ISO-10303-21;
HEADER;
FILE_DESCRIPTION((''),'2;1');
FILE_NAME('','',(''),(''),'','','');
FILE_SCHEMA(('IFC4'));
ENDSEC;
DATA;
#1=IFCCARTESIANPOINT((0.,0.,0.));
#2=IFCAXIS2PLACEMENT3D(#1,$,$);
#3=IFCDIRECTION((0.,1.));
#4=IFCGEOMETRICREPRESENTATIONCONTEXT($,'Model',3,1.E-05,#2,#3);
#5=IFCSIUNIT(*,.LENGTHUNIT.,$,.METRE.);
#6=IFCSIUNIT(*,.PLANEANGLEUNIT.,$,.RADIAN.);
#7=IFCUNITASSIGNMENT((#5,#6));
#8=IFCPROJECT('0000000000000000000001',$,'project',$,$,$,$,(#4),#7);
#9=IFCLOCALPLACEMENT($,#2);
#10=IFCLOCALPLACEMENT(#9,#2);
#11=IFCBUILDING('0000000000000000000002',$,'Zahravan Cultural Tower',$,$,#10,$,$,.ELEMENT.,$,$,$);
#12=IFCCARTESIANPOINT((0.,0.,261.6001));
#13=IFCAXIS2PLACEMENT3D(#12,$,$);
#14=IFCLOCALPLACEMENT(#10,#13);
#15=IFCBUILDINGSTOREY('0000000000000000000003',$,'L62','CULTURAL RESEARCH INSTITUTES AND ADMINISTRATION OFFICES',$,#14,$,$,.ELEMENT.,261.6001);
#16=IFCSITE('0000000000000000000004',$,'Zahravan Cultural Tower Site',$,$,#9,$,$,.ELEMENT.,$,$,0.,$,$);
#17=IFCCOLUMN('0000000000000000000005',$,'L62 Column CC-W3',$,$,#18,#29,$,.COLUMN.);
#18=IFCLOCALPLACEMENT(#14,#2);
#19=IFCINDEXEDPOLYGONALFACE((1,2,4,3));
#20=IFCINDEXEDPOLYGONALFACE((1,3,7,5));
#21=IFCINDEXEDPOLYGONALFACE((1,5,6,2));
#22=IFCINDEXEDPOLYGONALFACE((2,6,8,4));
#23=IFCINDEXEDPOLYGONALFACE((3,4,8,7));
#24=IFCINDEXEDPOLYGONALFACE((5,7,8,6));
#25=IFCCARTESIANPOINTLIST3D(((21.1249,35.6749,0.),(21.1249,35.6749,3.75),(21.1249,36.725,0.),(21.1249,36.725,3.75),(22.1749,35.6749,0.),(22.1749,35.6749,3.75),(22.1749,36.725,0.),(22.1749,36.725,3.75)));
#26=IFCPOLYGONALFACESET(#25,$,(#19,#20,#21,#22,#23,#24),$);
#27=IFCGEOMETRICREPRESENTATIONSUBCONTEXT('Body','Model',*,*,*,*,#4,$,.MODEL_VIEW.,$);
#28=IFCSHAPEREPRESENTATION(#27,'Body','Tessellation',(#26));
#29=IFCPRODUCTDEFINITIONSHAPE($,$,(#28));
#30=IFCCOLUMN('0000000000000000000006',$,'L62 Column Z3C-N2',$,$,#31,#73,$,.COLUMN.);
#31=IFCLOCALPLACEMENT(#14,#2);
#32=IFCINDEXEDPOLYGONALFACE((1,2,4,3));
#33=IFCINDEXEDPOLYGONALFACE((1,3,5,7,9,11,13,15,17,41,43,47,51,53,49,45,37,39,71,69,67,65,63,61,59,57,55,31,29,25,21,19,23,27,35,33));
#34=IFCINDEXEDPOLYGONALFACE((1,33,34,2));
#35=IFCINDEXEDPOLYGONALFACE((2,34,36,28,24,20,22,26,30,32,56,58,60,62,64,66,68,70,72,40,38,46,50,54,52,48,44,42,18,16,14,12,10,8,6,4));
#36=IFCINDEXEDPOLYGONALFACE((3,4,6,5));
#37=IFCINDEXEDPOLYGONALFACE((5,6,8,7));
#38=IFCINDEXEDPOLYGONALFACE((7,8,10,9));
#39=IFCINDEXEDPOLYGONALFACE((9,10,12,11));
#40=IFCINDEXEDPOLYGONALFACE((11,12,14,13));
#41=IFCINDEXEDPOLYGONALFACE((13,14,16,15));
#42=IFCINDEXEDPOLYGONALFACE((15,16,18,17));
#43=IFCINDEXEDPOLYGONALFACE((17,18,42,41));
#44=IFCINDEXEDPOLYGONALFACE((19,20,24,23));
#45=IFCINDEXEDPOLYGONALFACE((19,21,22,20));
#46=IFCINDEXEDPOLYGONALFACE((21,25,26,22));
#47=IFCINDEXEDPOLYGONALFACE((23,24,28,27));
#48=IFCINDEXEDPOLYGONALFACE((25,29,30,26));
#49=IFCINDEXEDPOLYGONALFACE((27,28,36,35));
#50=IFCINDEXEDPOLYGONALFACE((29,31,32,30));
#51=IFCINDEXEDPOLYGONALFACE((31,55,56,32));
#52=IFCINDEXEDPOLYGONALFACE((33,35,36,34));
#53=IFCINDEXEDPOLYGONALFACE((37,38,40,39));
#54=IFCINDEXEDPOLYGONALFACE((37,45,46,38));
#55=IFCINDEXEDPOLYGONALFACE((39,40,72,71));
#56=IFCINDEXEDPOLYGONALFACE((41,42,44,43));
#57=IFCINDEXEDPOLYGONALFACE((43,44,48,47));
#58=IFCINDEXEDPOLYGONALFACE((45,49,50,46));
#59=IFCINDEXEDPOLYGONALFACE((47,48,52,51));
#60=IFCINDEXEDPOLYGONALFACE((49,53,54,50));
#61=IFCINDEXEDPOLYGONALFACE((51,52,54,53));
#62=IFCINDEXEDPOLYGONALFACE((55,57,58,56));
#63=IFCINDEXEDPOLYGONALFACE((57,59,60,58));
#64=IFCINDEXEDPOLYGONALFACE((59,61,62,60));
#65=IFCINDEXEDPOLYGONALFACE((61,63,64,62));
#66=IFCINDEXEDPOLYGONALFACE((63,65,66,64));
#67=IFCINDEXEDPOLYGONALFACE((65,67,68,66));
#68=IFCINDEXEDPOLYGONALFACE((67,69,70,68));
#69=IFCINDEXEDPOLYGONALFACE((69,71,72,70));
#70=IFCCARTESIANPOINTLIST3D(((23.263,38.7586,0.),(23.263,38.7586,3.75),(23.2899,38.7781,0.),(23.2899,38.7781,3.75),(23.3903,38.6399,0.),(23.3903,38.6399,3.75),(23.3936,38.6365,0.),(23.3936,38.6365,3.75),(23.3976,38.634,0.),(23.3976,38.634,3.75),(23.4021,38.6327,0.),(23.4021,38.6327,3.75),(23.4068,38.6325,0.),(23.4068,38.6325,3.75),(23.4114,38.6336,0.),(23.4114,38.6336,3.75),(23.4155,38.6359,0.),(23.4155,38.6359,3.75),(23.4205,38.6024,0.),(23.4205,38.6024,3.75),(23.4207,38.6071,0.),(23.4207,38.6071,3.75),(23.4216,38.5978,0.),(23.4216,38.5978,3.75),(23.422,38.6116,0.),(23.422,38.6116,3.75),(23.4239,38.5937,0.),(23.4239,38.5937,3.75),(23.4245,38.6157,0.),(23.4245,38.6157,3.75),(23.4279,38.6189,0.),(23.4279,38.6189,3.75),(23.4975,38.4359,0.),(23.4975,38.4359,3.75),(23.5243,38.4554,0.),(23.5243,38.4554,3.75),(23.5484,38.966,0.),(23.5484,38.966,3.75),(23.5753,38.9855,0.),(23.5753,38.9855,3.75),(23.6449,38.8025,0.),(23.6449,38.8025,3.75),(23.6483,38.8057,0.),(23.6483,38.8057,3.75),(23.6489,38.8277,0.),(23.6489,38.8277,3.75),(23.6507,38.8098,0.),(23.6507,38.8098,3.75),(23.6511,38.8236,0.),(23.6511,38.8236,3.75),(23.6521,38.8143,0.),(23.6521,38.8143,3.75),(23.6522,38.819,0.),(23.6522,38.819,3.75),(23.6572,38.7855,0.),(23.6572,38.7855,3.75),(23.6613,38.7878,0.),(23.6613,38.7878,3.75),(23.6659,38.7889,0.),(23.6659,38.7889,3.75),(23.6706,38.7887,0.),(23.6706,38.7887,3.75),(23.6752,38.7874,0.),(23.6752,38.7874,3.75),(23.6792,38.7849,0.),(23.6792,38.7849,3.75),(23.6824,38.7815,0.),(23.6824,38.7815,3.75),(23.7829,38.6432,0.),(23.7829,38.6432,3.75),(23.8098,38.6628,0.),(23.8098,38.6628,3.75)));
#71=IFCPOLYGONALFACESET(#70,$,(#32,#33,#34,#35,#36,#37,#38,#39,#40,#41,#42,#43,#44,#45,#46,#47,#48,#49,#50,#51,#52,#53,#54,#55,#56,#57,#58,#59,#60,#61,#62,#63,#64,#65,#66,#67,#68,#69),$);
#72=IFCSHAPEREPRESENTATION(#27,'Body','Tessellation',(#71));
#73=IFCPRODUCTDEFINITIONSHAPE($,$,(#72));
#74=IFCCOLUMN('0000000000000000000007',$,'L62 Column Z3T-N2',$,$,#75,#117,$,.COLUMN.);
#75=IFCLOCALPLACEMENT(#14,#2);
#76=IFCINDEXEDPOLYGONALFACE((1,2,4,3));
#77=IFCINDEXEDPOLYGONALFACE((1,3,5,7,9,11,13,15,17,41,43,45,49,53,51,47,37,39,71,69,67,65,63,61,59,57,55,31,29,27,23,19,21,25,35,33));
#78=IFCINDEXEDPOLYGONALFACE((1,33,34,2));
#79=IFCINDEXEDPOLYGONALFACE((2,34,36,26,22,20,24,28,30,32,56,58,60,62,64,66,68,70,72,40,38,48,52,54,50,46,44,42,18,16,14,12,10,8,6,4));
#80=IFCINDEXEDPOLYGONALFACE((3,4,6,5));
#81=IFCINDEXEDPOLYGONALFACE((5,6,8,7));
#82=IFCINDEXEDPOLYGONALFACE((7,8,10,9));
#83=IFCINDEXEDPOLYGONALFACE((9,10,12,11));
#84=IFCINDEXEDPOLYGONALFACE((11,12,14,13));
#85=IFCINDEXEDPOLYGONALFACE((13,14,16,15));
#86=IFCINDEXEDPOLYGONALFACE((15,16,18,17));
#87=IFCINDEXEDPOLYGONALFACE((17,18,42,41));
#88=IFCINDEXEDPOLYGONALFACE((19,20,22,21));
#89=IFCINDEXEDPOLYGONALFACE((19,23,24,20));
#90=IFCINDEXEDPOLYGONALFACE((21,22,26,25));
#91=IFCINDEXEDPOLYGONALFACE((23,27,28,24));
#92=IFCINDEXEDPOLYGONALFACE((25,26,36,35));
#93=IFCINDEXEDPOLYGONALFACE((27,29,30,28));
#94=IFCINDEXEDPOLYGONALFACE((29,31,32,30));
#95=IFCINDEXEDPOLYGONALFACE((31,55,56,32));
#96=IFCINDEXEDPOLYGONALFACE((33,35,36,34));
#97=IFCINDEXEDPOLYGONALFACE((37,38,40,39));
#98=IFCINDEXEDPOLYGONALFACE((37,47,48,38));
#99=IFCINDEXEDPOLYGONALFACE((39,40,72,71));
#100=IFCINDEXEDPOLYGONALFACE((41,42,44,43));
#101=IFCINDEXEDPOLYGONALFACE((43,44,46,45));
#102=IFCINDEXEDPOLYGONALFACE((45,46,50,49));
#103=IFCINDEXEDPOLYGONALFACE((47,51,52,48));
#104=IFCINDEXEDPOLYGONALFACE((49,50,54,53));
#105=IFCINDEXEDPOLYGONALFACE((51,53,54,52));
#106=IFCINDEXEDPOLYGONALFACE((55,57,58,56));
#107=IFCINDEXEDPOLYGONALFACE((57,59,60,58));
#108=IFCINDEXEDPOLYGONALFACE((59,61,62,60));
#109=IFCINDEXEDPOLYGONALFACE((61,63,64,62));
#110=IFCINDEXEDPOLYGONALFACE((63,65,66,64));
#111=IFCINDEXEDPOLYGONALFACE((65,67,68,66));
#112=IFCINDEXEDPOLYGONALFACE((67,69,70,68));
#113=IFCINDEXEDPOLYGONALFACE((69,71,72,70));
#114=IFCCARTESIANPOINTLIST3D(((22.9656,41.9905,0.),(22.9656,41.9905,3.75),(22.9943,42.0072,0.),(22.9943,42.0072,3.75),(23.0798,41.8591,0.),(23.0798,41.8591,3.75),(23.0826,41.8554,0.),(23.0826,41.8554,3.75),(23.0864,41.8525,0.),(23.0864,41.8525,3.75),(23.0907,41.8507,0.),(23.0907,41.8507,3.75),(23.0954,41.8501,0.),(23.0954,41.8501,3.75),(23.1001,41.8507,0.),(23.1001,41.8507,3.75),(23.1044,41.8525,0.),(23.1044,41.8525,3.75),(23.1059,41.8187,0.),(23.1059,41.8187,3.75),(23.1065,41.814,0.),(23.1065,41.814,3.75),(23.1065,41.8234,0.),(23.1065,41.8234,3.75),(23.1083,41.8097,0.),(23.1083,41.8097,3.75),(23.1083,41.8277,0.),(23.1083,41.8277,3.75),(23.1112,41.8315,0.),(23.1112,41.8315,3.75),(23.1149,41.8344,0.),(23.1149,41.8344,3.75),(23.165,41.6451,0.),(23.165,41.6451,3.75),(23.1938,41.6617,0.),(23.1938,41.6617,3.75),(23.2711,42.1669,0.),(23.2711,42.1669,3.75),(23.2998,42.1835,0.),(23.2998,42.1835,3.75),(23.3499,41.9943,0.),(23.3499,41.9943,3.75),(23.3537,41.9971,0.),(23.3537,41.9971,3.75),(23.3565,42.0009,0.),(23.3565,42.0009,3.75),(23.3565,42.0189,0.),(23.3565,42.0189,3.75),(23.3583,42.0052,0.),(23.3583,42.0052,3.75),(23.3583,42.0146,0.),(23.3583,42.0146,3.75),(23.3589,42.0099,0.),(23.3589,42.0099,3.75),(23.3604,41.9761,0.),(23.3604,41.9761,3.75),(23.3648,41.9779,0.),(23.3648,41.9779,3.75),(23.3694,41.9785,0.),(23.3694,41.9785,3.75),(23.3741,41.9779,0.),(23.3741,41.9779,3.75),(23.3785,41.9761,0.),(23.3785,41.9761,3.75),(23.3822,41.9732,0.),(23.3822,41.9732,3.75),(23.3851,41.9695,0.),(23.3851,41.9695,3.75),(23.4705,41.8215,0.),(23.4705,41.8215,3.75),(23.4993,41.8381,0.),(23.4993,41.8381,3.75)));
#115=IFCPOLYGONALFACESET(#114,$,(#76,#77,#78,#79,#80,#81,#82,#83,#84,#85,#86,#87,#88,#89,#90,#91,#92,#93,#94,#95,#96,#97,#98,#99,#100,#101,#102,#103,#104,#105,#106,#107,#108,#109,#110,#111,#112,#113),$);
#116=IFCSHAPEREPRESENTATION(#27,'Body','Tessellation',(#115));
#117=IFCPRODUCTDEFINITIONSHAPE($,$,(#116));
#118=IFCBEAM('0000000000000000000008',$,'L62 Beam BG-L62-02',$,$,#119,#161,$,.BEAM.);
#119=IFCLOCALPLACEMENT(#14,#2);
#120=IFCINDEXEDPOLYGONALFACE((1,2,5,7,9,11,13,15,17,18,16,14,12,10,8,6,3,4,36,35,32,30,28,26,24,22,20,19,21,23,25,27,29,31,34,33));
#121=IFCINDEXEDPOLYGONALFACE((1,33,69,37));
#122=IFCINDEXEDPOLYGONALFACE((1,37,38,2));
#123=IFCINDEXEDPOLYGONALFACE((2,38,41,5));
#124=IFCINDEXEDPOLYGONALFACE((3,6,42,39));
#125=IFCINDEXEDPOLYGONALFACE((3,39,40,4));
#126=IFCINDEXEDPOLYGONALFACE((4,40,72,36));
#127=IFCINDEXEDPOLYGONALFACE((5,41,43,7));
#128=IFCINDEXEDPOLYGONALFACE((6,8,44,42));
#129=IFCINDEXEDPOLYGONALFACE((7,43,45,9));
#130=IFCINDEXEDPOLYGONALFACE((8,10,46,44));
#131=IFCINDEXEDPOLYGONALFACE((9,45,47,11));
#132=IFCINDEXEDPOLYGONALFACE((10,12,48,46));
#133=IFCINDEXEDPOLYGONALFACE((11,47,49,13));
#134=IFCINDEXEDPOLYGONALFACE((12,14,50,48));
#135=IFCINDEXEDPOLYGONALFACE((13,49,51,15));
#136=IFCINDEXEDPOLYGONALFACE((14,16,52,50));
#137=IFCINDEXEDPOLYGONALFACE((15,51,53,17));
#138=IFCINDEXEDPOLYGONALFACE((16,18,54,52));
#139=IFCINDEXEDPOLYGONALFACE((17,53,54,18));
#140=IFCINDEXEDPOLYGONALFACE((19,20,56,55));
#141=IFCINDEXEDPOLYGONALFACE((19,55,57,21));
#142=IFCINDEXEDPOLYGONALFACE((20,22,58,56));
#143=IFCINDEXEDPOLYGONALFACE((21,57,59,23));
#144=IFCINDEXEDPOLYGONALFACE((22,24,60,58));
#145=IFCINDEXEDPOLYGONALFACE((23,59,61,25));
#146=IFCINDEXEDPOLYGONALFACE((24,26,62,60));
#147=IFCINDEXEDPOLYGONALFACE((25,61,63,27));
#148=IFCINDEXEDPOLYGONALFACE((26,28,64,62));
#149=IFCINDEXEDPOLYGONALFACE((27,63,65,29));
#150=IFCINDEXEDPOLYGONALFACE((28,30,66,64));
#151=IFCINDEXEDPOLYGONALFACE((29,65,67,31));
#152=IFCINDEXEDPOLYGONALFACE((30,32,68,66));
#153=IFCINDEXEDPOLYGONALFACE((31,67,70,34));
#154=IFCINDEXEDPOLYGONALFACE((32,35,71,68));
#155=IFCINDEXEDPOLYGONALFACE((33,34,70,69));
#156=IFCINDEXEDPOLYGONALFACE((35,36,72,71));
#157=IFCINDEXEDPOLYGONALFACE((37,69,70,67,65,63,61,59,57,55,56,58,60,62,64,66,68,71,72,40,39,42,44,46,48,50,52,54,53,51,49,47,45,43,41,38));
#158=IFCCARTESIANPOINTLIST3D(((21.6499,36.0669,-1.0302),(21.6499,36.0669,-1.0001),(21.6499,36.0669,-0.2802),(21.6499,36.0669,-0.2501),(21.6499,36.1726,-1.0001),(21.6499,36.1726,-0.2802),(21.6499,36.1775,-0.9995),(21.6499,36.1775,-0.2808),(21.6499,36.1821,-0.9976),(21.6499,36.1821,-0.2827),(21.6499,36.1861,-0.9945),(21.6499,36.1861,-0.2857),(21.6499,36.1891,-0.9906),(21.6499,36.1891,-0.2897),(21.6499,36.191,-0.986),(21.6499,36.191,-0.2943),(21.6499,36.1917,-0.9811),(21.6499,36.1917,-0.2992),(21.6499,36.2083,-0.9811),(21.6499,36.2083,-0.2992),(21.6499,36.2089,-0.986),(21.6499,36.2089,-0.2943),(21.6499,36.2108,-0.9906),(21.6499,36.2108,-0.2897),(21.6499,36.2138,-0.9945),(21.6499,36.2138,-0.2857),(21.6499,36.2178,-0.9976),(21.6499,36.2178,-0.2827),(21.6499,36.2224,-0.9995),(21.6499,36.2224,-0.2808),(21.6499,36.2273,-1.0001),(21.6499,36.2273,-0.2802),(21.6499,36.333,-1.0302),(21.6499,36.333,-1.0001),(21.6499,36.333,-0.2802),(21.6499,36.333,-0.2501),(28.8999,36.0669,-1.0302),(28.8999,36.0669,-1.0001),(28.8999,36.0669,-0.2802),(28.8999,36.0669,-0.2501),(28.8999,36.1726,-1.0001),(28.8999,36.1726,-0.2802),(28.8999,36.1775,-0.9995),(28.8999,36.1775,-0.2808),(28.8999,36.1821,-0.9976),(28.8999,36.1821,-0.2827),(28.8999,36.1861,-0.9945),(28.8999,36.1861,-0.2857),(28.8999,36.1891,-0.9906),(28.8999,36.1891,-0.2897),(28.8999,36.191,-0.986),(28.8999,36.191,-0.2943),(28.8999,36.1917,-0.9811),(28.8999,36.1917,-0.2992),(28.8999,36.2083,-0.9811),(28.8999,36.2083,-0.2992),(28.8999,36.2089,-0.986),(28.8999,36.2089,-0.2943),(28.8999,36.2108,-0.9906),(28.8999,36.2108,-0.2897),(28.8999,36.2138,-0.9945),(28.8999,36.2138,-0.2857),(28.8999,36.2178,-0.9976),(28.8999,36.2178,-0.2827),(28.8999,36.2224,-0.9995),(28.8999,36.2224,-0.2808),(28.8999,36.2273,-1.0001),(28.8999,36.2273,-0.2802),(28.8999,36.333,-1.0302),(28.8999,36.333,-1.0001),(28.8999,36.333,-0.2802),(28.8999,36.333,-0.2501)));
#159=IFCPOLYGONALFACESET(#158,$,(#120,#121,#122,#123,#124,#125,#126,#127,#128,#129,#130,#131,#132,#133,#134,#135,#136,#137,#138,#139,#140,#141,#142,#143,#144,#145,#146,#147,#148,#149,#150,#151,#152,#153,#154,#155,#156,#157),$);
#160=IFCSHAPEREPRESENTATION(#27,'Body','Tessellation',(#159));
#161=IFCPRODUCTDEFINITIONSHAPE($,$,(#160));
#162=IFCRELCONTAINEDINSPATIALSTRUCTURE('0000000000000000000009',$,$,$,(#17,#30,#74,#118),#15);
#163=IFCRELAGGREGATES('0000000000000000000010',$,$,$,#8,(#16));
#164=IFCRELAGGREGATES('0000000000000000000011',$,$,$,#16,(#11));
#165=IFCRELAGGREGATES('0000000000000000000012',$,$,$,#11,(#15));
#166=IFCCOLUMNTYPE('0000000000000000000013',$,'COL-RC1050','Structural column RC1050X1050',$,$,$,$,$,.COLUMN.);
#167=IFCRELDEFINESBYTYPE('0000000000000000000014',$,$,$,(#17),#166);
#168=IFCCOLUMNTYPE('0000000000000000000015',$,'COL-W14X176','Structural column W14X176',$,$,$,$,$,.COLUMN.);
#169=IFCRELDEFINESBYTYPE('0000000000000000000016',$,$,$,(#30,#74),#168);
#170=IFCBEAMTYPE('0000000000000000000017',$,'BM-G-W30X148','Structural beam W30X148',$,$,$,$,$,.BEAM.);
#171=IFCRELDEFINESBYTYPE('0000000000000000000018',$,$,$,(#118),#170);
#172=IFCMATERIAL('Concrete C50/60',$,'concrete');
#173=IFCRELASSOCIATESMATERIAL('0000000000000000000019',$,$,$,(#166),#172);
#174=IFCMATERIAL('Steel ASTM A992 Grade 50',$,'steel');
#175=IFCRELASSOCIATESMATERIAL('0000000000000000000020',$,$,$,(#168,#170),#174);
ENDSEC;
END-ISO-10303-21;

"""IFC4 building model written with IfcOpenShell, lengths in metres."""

from ifc_helpers import new_model, si_unit, direction, frame, origin, origin_2d, place, context, subcontext, project, spatial, rectangle, i_section, extrude, source, transform, mapped, material, material_profile, profile_set, type_object, element, save


model = new_model("IFC4")

# Units and contexts
model_context = context("Model", 3, precision=1e-05, world=origin(), true_north=direction((0.0, 1.0)))
body_context = subcontext(model_context, "Body", "Model", "MODEL_VIEW")
ifc_project = project(units=[si_unit("LENGTHUNIT", "METRE"), si_unit("PLANEANGLEUNIT", "RADIAN")], contexts=[model_context])

# Site, building, storey
site_placement = place(None, origin())
site = spatial("IfcSite", under=ifc_project, at=site_placement, Name="Zahravan Cultural Tower Site", CompositionType="ELEMENT", RefElevation=0.0)
building_placement = place(site_placement, origin())
building = spatial("IfcBuilding", under=site, at=building_placement, Name="Zahravan Cultural Tower", CompositionType="ELEMENT")
storey_placement = place(building_placement, frame((0.0, 0.0, 261.6001)))
storey = spatial("IfcBuildingStorey", under=building, at=storey_placement, Name="L62", Description="CULTURAL RESEARCH INSTITUTES AND ADMINISTRATION OFFICES", CompositionType="ELEMENT", Elevation=261.6001)

# Columns
ifc_material_1 = material(Name="Concrete C50/60", Category="concrete")
ifc_material_profile_1 = material_profile(ifc_material_1, rectangle(XDim=1.05, YDim=1.05, at=origin_2d()), Name="RC1050X1050")
ifc_profile_set_1 = profile_set([ifc_material_profile_1], Name="Concrete C50/60")
column_type_1 = type_object("IfcColumnType", Name="COL-RC1050", Description="Structural column RC1050X1050", PredefinedType="COLUMN", material=ifc_profile_set_1)
shared_shape_1 = source(origin(), body_context, "Body", "SweptSolid", [
    extrude(rectangle(XDim=1.05, YDim=1.05, at=origin_2d()), origin(), (0.0, 0.0, 1.0), 3.75),
])
column_placement = place(storey_placement, frame((21.6499, 36.2, 0.0), z_axis=(0.0, 0.0, 1.0), x_axis=(1.0, 0.0, 0.0)))
element("IfcColumn", 1, at=column_placement, inside=storey, type_object=column_type_1, Name="L62 Column CC-W3", PredefinedType="COLUMN", context=body_context, shape_type="MappedRepresentation", body=[
    mapped(shared_shape_1, transform((0.0, 0.0, 0.0), x_axis=(1.0, 0.0, 0.0), y_axis=(0.0, 1.0, 0.0), z_axis=(0.0, 0.0, 1.0), scale=1.0)),
])
ifc_material_2 = material(Name="Steel ASTM A992 Grade 50", Category="steel")
ifc_material_profile_2 = material_profile(ifc_material_2, i_section(OverallWidth=0.3989, OverallDepth=0.386, WebThickness=0.021, FlangeThickness=0.0332, FilletRadius=0.0181, at=origin_2d()), Name="W14X176")
ifc_profile_set_2 = profile_set([ifc_material_profile_2], Name="Steel ASTM A992 Grade 50")
column_type_2 = type_object("IfcColumnType", Name="COL-W14X176", Description="Structural column W14X176", PredefinedType="COLUMN", material=ifc_profile_set_2)
shared_shape_2 = source(origin(), body_context, "Body", "SweptSolid", [
    extrude(i_section(OverallWidth=0.3989, OverallDepth=0.386, WebThickness=0.021, FlangeThickness=0.0332, FilletRadius=0.0181, at=origin_2d()), origin(), (0.0, 0.0, 1.0), 3.75),
])
for number, where, z_axis, x_axis, name in (
    (2, (23.5364, 38.7107, 0.0), (0.0, 0.0, 1.0), (-0.587785, 0.809017, 0.0), "L62 Column Z3C-N2"),
    (3, (23.2324, 41.9143, 0.0), (0.0, 0.0, 1.0), (-0.5, 0.866025, 0.0), "L62 Column Z3T-N2"),
):
    element("IfcColumn", number, at=place(storey_placement, frame(where, z_axis=z_axis, x_axis=x_axis)), inside=storey, type_object=column_type_2, Name=name, PredefinedType="COLUMN", context=body_context, shape_type="MappedRepresentation", body=[
        mapped(shared_shape_2, transform((0.0, 0.0, 0.0), x_axis=(1.0, 0.0, 0.0), y_axis=(0.0, 1.0, 0.0), z_axis=(0.0, 0.0, 1.0), scale=1.0)),
    ])

# Beam
ifc_material_profile_3 = material_profile(ifc_material_2, i_section(OverallWidth=0.2661, OverallDepth=0.78, WebThickness=0.0166, FlangeThickness=0.03, FilletRadius=0.019, at=origin_2d()), Name="W30X148")
ifc_profile_set_3 = profile_set([ifc_material_profile_3], Name="Steel ASTM A992 Grade 50")
beam_type_1 = type_object("IfcBeamType", Name="BM-G-W30X148", Description="Structural beam W30X148", PredefinedType="BEAM", material=ifc_profile_set_3)
shared_shape_3 = source(origin(), body_context, "Body", "SweptSolid", [
    extrude(i_section(OverallWidth=0.2661, OverallDepth=0.78, WebThickness=0.0166, FlangeThickness=0.03, FilletRadius=0.019, at=origin_2d()), origin(), (0.0, 0.0, 1.0), 7.25),
])
beam_1_placement = place(storey_placement, frame((21.6499, 36.2, -0.6401), z_axis=(1.0, 0.0, 0.0), x_axis=(0.0, 1.0, 0.0)))
element("IfcBeam", 4, at=beam_1_placement, inside=storey, type_object=beam_type_1, Name="L62 Beam BG-L62-02", PredefinedType="BEAM", context=body_context, shape_type="MappedRepresentation", body=[
    mapped(shared_shape_3, transform((0.0, 0.0, 0.0), x_axis=(1.0, 0.0, 0.0), y_axis=(0.0, 1.0, 0.0), z_axis=(0.0, 0.0, 1.0), scale=1.0)),
])

save(model, "model.ifc")
